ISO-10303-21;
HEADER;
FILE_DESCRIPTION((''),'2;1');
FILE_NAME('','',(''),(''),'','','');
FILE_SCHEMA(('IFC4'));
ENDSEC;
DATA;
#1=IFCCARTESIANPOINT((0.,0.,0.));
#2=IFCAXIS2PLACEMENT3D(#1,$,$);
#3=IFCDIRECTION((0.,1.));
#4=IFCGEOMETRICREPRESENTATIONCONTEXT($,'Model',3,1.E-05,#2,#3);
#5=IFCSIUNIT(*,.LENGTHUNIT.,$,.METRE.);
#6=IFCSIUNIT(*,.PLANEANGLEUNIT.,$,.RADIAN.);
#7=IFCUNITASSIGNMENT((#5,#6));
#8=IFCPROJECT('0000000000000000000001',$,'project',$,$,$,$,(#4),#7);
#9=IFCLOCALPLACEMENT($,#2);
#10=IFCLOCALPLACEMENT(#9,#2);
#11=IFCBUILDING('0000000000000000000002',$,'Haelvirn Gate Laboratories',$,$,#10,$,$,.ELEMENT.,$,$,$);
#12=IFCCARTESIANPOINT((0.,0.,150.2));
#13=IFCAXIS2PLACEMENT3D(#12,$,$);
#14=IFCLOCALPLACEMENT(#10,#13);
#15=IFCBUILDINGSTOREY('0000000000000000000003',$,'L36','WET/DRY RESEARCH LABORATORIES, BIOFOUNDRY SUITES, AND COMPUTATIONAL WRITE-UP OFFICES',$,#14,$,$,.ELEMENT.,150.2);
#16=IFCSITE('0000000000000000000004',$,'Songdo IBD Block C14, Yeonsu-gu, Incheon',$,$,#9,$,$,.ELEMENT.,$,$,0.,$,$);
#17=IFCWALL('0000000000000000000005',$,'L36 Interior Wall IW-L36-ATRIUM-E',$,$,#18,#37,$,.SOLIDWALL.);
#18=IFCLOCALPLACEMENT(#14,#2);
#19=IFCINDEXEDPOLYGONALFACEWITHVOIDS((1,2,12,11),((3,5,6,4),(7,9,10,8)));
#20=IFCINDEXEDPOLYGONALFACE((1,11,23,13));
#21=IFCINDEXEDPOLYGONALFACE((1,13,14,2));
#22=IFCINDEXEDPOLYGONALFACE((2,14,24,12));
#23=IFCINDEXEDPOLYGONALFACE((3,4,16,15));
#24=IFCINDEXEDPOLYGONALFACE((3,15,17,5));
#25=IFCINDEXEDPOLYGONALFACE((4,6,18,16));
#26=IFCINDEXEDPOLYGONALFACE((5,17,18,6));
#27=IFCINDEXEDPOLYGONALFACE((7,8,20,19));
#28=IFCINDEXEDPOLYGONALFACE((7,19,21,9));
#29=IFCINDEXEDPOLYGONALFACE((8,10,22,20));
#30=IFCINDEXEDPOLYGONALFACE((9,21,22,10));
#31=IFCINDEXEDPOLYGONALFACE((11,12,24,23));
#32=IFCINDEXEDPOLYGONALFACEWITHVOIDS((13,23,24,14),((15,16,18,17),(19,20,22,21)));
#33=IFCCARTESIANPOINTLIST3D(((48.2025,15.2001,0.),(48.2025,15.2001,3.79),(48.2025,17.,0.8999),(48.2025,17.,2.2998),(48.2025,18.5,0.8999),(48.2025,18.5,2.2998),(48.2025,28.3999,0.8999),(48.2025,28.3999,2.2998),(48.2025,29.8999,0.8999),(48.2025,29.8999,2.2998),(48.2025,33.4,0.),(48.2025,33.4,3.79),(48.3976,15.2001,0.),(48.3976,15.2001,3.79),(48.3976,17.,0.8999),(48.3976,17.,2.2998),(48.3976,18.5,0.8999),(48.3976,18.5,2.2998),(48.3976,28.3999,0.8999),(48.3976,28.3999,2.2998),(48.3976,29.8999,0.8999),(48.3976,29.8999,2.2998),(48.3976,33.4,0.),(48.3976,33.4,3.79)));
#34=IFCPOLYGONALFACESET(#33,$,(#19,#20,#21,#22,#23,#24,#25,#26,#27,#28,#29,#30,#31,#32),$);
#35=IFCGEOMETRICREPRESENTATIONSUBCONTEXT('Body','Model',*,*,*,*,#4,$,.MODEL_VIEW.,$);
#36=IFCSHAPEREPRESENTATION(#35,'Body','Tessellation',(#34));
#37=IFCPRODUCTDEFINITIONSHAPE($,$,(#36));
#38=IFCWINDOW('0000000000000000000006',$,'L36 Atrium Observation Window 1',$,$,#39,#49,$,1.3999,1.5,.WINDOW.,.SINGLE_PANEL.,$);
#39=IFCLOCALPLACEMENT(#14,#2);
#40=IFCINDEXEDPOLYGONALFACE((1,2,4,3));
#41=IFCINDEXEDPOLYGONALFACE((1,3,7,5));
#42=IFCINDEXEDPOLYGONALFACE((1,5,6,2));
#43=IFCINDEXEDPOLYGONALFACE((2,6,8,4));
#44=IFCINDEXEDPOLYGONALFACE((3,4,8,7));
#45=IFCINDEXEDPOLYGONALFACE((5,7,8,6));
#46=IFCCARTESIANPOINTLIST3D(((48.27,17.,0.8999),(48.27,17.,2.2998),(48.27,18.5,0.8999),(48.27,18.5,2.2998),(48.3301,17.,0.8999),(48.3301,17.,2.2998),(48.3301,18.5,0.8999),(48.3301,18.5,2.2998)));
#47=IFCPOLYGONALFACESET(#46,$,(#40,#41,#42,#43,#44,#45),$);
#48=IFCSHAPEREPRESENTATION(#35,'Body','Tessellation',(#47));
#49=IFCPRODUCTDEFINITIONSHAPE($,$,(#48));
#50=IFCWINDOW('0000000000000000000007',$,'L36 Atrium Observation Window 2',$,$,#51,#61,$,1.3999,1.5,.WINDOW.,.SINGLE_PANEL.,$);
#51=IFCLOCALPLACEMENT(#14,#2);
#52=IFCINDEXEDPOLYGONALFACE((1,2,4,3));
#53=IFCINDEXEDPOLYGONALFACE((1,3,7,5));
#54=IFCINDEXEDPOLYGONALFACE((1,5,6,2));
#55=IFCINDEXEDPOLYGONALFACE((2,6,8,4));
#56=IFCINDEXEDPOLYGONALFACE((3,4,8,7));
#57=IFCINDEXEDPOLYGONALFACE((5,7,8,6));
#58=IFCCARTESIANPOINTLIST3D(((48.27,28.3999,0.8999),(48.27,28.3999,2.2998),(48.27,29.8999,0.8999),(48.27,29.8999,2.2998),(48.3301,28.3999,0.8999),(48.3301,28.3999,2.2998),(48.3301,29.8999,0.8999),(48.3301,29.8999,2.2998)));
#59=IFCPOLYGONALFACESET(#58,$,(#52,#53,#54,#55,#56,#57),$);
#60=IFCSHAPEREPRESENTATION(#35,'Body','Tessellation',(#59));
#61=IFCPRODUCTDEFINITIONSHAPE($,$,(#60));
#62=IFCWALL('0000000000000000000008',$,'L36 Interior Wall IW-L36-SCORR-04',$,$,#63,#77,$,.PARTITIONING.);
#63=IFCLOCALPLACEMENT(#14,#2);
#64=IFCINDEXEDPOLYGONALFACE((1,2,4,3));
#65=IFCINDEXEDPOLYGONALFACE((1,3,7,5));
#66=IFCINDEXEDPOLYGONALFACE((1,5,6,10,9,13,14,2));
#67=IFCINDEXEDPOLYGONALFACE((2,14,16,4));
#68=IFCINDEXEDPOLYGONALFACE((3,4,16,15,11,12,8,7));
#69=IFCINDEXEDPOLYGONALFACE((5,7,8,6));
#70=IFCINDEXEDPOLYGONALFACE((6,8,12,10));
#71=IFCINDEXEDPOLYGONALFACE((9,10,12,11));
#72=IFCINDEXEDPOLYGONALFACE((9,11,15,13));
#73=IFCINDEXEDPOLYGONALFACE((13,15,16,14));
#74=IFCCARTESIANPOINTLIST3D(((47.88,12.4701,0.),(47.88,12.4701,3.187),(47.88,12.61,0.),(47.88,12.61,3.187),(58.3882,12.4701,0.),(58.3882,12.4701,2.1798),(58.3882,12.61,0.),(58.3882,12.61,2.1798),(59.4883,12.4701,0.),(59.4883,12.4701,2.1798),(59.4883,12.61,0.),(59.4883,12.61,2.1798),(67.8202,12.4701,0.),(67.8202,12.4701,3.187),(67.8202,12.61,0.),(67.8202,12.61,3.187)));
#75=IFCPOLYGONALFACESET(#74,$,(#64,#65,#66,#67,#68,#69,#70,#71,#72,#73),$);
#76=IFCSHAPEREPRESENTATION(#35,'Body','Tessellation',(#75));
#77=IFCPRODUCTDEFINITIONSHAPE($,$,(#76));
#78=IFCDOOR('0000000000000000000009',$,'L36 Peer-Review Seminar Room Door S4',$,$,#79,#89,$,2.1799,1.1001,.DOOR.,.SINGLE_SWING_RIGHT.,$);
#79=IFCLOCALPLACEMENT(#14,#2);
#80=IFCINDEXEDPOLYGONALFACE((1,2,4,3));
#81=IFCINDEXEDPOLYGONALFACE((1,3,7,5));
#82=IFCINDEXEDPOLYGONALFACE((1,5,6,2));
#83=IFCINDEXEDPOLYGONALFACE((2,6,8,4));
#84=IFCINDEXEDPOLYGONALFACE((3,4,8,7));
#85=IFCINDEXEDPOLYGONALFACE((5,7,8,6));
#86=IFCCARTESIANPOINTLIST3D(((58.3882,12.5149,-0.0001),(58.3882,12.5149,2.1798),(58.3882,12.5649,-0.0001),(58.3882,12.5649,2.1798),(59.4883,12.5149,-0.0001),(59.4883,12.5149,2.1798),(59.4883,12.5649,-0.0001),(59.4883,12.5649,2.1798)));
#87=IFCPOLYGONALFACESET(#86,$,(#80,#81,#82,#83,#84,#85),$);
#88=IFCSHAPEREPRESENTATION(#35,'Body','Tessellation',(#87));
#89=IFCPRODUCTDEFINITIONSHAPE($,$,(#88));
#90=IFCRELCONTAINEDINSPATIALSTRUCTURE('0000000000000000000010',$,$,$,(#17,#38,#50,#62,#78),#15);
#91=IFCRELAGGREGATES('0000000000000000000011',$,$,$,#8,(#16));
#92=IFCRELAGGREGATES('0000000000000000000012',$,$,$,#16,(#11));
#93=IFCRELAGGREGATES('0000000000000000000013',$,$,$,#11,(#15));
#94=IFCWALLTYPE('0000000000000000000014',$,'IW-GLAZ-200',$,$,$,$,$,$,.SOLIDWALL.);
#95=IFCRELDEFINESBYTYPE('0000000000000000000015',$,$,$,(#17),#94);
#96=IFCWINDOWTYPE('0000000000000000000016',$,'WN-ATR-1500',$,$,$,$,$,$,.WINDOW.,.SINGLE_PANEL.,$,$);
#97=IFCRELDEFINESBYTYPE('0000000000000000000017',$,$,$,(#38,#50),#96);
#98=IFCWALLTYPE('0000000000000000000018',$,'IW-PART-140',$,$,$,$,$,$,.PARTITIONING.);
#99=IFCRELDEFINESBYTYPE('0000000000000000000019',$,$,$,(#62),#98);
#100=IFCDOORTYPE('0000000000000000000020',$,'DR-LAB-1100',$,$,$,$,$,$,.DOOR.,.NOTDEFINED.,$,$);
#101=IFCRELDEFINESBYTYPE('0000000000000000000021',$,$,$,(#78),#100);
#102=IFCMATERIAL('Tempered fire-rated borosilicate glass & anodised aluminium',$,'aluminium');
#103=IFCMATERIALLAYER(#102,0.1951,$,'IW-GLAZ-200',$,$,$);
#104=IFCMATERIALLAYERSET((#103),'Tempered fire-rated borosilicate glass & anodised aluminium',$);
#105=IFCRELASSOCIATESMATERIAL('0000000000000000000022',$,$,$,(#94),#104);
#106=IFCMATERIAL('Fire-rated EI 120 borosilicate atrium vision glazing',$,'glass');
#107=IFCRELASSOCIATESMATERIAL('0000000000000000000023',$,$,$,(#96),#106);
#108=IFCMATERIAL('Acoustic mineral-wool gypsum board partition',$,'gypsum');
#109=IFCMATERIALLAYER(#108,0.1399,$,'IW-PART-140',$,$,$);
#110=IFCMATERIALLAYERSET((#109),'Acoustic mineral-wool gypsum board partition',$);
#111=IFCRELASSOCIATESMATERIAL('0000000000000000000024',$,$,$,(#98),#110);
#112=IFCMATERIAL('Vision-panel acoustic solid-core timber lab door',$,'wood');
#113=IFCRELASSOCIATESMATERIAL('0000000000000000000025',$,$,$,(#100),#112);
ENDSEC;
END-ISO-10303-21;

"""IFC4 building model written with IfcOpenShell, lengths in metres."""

from ifc_helpers import new_model, si_unit, direction, frame, frame_2d, origin, place, context, subcontext, project, spatial, rectangle, extrude, source, transform, mapped, material, layer, layer_set, type_object, type_shapes, element, fill, save


model = new_model("IFC4")

# Units and contexts
model_context = context("Model", 3, precision=1e-05, world=origin(), true_north=direction((0.0, 1.0)))
body_context = subcontext(model_context, "Body", "Model", "MODEL_VIEW")
ifc_project = project(units=[si_unit("LENGTHUNIT", "METRE"), si_unit("PLANEANGLEUNIT", "RADIAN")], contexts=[model_context])

# Site, building, storey
site_placement = place(None, origin())
site = spatial("IfcSite", under=ifc_project, at=site_placement, Name="Songdo IBD Block C14, Yeonsu-gu, Incheon", CompositionType="ELEMENT", RefElevation=0.0)
building_placement = place(site_placement, origin())
building = spatial("IfcBuilding", under=site, at=building_placement, Name="Haelvirn Gate Laboratories", CompositionType="ELEMENT")
storey_placement = place(building_placement, frame((0.0, 0.0, 150.2)))
storey = spatial("IfcBuildingStorey", under=building, at=storey_placement, Name="L36", Description="WET/DRY RESEARCH LABORATORIES, BIOFOUNDRY SUITES, AND COMPUTATIONAL WRITE-UP OFFICES", CompositionType="ELEMENT", Elevation=150.2)

# Wall, openings, windows
ifc_material_1 = material(Name="Tempered fire-rated borosilicate glass & anodised aluminium", Category="aluminium")
ifc_layer_1 = layer(ifc_material_1, 0.1951, Name="IW-GLAZ-200")
ifc_layer_set_1 = layer_set([ifc_layer_1], Name="Tempered fire-rated borosilicate glass & anodised aluminium")
wall_type_1 = type_object("IfcWallType", Name="IW-GLAZ-200", PredefinedType="SOLIDWALL", material=ifc_layer_set_1)
wall_1_placement = place(storey_placement, frame((48.3, 15.2, 0.0), z_axis=(0.0, 0.0, 1.0), x_axis=(0.0, 1.0, 0.0)))
wall_1 = element("IfcWall", 1, at=wall_1_placement, inside=storey, type_object=wall_type_1, Name="L36 Interior Wall IW-L36-ATRIUM-E", PredefinedType="SOLIDWALL", context=body_context, shape_type="SweptSolid", body=[
    extrude(rectangle(XDim=18.2, YDim=0.1951, at=frame_2d((9.1001, 0.0))), origin(), (0.0, 0.0, 1.0), 3.79),
])
opening_1_placement = place(wall_1_placement, frame((1.8, 0.0, 0.8999)))
opening_1 = element("IfcOpeningElement", 2, at=opening_1_placement, cuts=wall_1, PredefinedType="OPENING", context=body_context, shape_type="SweptSolid", body=[
    extrude(rectangle(XDim=1.5, YDim=1.3999, at=frame_2d((0.75, 0.7))), frame((0.0, 0.1074, 0.0), z_axis=(0.0, -1.0, 0.0), x_axis=(1.0, 0.0, 0.0)), (0.0, 0.0, 1.0), 0.2151),
])
opening_2_placement = place(wall_1_placement, frame((13.2, 0.0, 0.8999)))
opening_2 = element("IfcOpeningElement", 3, at=opening_2_placement, cuts=wall_1, PredefinedType="OPENING", context=body_context, shape_type="SweptSolid", body=[
    extrude(rectangle(XDim=1.5, YDim=1.3999, at=frame_2d((0.75, 0.7))), frame((0.0, 0.1074, 0.0), z_axis=(0.0, -1.0, 0.0), x_axis=(1.0, 0.0, 0.0)), (0.0, 0.0, 1.0), 0.2151),
])
ifc_material_2 = material(Name="Fire-rated EI 120 borosilicate atrium vision glazing", Category="glass")
window_type = type_object("IfcWindowType", Name="WN-ATR-1500", PartitioningType="SINGLE_PANEL", PredefinedType="WINDOW", material=ifc_material_2)
shared_shape_1 = source(origin(), body_context, "Body", "SweptSolid", [
    extrude(rectangle(XDim=1.5, YDim=1.3999, at=frame_2d((0.75, 0.7))), frame((0.0, 0.03, 0.0), z_axis=(0.0, -1.0, 0.0), x_axis=(1.0, 0.0, 0.0)), (0.0, 0.0, 1.0), 0.0601),
])
type_shapes(window_type, [shared_shape_1])
window_1_placement = place(opening_1_placement, origin())
window_1 = element("IfcWindow", 4, at=window_1_placement, inside=storey, type_object=window_type, Name="L36 Atrium Observation Window 1", OverallHeight=1.3999, OverallWidth=1.5, PartitioningType="SINGLE_PANEL", PredefinedType="WINDOW", context=body_context, shape_type="MappedRepresentation", body=[
    mapped(shared_shape_1, transform((0.0, 0.0, 0.0), scale=1.0)),
])
fill(opening_1, window_1)
window_2_placement = place(opening_2_placement, origin())
window_2 = element("IfcWindow", 5, at=window_2_placement, inside=storey, type_object=window_type, Name="L36 Atrium Observation Window 2", OverallHeight=1.3999, OverallWidth=1.5, PartitioningType="SINGLE_PANEL", PredefinedType="WINDOW", context=body_context, shape_type="MappedRepresentation", body=[
    mapped(shared_shape_1, transform((0.0, 0.0, 0.0), scale=1.0)),
])
fill(opening_2, window_2)

# Wall, opening, door
ifc_material_3 = material(Name="Acoustic mineral-wool gypsum board partition", Category="gypsum")
ifc_layer_2 = layer(ifc_material_3, 0.1399, Name="IW-PART-140")
ifc_layer_set_2 = layer_set([ifc_layer_2], Name="Acoustic mineral-wool gypsum board partition")
wall_type_2 = type_object("IfcWallType", Name="IW-PART-140", PredefinedType="PARTITIONING", material=ifc_layer_set_2)
wall_2_placement = place(storey_placement, frame((47.8799, 12.54, 0.0), z_axis=(0.0, 0.0, 1.0), x_axis=(1.0, 0.0, 0.0)))
wall_2 = element("IfcWall", 6, at=wall_2_placement, inside=storey, type_object=wall_type_2, Name="L36 Interior Wall IW-L36-SCORR-04", PredefinedType="PARTITIONING", context=body_context, shape_type="SweptSolid", body=[
    extrude(rectangle(XDim=19.9402, YDim=0.1399, at=frame_2d((9.9702, 0.0))), origin(), (0.0, 0.0, 1.0), 3.187),
])
opening_3_placement = place(wall_2_placement, frame((10.5083, 0.0, 0.0)))
opening_3 = element("IfcOpeningElement", 7, at=opening_3_placement, cuts=wall_2, PredefinedType="OPENING", context=body_context, shape_type="SweptSolid", body=[
    extrude(rectangle(XDim=1.1001, YDim=2.1799, at=frame_2d((0.55, 1.0898))), frame((0.0, 0.0801, 0.0), z_axis=(0.0, -1.0, 0.0), x_axis=(1.0, 0.0, 0.0)), (0.0, 0.0, 1.0), 0.1599),
])
ifc_material_4 = material(Name="Vision-panel acoustic solid-core timber lab door", Category="wood")
door_type_1 = type_object("IfcDoorType", Name="DR-LAB-1100", OperationType="NOTDEFINED", PredefinedType="DOOR", material=ifc_material_4)
shared_shape_2 = source(origin(), body_context, "Body", "SweptSolid", [
    extrude(rectangle(XDim=1.1001, YDim=2.1799, at=frame_2d((0.55, 1.0898))), frame((0.0, 0.0249, 0.0), z_axis=(0.0, -1.0, 0.0), x_axis=(1.0, 0.0, 0.0)), (0.0, 0.0, 1.0), 0.05),
])
type_shapes(door_type_1, [shared_shape_2])
door_1_placement = place(opening_3_placement, origin())
door_1 = element("IfcDoor", 8, at=door_1_placement, inside=storey, type_object=door_type_1, Name="L36 Peer-Review Seminar Room Door S4", OperationType="SINGLE_SWING_RIGHT", OverallHeight=2.1799, OverallWidth=1.1001, PredefinedType="DOOR", context=body_context, shape_type="MappedRepresentation", body=[
    mapped(shared_shape_2, transform((0.0, 0.0, 0.0), scale=1.0)),
])
fill(opening_3, door_1)

save(model, "model.ifc")
